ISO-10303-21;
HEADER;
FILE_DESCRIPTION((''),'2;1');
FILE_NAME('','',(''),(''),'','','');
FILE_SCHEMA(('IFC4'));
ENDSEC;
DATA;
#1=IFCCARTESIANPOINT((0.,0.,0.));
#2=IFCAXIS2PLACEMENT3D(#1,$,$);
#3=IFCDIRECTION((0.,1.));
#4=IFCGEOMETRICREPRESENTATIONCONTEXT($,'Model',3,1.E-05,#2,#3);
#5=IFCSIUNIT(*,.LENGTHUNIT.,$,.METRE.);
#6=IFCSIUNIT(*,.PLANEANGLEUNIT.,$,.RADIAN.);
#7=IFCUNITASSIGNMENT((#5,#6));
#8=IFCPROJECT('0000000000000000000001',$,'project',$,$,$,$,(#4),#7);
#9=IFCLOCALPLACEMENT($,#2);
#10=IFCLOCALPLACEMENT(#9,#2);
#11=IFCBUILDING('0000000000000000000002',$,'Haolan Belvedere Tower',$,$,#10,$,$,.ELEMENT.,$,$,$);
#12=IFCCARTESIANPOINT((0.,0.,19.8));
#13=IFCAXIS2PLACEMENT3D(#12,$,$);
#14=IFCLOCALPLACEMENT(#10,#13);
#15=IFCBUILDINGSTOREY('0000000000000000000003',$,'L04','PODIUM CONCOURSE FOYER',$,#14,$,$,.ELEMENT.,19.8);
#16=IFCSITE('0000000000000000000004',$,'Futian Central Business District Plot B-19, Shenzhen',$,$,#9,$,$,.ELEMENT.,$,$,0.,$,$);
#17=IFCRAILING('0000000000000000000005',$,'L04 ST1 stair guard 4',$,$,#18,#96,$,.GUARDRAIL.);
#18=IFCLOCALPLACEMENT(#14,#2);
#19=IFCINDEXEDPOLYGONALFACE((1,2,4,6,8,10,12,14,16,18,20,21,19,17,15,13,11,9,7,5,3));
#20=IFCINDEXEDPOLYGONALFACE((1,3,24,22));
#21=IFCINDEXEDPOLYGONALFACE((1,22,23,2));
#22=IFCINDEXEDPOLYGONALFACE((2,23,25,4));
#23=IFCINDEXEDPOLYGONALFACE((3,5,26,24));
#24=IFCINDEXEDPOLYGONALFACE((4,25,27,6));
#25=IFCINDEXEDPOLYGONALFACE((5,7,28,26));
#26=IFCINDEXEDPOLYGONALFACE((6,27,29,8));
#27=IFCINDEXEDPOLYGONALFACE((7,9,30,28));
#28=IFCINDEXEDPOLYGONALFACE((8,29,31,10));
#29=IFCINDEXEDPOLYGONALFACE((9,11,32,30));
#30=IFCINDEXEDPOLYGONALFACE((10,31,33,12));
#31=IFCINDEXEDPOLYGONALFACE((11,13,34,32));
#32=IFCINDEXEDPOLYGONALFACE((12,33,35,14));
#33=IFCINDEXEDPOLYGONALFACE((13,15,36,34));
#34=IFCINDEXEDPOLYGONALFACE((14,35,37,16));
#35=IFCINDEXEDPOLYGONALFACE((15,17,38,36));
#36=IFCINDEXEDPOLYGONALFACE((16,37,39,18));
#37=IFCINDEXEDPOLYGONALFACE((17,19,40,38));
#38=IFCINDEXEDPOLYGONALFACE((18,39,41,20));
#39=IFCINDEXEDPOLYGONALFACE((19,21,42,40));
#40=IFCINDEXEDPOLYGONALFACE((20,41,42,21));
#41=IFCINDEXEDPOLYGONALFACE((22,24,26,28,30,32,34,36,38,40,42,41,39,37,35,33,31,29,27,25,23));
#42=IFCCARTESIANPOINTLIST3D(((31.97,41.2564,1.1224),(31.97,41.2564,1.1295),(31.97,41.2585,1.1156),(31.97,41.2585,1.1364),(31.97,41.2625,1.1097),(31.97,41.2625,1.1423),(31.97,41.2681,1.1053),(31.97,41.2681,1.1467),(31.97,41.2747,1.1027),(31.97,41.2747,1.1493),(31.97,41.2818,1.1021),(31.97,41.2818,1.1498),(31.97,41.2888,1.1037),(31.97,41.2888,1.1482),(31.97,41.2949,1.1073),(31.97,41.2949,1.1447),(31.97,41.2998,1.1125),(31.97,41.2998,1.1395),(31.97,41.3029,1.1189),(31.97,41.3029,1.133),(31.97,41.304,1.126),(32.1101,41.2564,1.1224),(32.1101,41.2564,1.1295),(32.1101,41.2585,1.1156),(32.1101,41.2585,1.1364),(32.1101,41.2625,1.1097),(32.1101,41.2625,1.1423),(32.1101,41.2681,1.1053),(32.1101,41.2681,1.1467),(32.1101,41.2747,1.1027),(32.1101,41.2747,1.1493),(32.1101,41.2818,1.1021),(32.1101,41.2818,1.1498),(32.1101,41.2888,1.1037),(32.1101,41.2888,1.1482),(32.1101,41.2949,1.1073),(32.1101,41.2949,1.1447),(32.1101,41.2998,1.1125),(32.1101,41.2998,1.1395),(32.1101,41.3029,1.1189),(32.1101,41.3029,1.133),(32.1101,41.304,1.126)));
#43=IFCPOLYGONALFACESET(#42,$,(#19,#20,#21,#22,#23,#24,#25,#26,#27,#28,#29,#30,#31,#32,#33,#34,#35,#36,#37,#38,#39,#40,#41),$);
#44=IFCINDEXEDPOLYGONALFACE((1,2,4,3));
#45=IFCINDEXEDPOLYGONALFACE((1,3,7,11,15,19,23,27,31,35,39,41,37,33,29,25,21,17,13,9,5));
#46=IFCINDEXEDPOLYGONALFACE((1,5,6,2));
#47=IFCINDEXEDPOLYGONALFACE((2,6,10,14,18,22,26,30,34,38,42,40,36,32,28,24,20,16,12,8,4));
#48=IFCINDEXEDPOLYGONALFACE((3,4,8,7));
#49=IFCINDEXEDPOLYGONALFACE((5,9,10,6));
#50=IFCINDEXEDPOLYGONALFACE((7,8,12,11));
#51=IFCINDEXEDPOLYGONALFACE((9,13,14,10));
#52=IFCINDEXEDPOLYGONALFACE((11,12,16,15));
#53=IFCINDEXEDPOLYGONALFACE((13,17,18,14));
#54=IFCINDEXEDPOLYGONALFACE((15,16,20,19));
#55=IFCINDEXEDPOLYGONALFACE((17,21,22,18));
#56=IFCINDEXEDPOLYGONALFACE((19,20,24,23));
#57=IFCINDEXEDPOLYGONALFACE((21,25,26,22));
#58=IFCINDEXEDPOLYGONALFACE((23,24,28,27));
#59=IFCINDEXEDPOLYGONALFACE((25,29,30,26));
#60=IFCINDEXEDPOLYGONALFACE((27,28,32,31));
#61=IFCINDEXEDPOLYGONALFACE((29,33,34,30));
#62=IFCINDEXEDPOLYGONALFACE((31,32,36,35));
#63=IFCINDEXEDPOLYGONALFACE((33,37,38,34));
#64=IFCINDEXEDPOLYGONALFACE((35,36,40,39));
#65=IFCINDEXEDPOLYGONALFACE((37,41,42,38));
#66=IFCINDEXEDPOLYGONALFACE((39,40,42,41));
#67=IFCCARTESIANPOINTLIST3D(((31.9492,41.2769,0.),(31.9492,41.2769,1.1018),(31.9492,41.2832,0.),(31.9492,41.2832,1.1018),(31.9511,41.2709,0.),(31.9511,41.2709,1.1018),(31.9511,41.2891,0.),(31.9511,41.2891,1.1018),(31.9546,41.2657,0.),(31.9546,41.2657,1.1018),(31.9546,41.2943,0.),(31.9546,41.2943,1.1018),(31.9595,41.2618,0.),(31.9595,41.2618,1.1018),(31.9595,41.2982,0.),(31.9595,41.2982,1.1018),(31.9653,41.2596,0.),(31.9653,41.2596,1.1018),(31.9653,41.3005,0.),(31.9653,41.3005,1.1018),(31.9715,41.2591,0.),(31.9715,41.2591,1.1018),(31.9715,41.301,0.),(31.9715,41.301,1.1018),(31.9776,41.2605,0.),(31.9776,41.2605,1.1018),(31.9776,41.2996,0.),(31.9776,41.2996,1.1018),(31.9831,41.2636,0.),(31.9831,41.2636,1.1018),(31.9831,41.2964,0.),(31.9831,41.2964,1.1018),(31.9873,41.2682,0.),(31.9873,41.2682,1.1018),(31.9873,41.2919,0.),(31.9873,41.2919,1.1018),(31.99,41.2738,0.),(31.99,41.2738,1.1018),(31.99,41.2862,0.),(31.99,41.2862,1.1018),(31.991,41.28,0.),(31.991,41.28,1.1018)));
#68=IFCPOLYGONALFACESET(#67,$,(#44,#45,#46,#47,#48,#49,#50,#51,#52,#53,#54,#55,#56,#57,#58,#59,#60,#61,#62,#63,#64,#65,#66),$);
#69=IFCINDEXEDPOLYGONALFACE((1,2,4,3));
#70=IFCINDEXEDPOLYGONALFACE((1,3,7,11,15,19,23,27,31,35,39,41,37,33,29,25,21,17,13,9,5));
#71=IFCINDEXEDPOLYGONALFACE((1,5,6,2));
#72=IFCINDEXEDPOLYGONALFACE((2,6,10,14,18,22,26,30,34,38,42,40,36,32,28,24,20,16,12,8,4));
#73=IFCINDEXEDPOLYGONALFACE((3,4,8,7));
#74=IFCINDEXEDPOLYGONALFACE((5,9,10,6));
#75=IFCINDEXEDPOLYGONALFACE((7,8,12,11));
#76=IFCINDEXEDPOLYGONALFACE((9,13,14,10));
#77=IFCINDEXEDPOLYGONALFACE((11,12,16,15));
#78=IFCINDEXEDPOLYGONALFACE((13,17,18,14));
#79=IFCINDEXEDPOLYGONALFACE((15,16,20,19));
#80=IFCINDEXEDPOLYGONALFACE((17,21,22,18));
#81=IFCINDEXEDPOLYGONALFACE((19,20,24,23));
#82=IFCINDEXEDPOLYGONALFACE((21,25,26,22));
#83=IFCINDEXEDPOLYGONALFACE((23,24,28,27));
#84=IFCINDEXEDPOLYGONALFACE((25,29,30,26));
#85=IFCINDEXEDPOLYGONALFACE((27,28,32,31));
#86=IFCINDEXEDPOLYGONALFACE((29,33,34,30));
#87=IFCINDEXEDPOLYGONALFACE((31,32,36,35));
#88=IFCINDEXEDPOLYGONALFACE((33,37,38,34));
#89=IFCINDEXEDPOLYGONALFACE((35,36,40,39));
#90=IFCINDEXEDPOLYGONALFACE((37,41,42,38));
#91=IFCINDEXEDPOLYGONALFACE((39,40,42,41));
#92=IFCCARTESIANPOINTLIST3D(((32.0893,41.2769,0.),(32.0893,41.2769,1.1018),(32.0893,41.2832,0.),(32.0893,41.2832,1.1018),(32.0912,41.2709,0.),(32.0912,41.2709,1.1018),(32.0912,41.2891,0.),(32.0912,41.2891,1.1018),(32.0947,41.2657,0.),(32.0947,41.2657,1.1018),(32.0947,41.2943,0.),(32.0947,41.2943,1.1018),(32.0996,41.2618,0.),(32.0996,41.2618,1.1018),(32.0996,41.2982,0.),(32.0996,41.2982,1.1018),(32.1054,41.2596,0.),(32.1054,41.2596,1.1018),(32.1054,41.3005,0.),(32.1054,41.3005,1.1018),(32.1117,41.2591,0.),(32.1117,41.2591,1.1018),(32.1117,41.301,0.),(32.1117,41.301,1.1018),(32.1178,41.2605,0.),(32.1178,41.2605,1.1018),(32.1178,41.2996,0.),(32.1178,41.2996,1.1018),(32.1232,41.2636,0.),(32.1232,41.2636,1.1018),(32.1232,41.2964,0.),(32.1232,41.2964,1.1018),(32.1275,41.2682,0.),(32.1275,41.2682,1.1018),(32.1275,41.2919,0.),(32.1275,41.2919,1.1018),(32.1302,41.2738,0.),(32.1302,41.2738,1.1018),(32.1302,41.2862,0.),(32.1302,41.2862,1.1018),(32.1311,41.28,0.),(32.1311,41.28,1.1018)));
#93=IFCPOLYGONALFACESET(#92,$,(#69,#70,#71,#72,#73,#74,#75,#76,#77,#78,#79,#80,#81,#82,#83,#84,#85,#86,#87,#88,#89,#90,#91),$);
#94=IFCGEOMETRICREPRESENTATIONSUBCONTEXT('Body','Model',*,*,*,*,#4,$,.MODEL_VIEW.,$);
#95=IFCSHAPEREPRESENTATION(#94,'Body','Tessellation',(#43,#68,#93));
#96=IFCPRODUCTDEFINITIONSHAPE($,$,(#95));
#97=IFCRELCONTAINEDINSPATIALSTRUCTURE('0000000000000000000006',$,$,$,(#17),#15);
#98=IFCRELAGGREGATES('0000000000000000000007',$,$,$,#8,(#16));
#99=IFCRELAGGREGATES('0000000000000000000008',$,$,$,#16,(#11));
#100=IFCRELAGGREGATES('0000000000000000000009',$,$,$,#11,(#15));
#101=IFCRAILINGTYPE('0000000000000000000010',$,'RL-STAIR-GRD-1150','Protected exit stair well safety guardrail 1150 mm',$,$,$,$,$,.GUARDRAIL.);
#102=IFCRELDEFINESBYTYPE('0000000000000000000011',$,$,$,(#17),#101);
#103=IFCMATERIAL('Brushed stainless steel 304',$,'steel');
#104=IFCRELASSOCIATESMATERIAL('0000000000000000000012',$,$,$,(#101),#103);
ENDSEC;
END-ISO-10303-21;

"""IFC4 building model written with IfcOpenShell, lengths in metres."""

from ifc_helpers import new_model, si_unit, direction, frame, origin, origin_2d, place, context, subcontext, project, spatial, circle, extrude, material, type_object, element, save


model = new_model("IFC4")

# Units and contexts
model_context = context("Model", 3, precision=1e-05, world=origin(), true_north=direction((0.0, 1.0)))
body_context = subcontext(model_context, "Body", "Model", "MODEL_VIEW")
ifc_project = project(units=[si_unit("LENGTHUNIT", "METRE"), si_unit("PLANEANGLEUNIT", "RADIAN")], contexts=[model_context])

# Site, building, storey
site_placement = place(None, origin())
site = spatial("IfcSite", under=ifc_project, at=site_placement, Name="Futian Central Business District Plot B-19, Shenzhen", CompositionType="ELEMENT", RefElevation=0.0)
building_placement = place(site_placement, origin())
building = spatial("IfcBuilding", under=site, at=building_placement, Name="Haolan Belvedere Tower", CompositionType="ELEMENT")
storey_placement = place(building_placement, frame((0.0, 0.0, 19.8)))
storey = spatial("IfcBuildingStorey", under=building, at=storey_placement, Name="L04", Description="PODIUM CONCOURSE FOYER", CompositionType="ELEMENT", Elevation=19.8)

# Railing
ifc_material_1 = material(Name="Brushed stainless steel 304", Category="steel")
railing_type_1 = type_object("IfcRailingType", Name="RL-STAIR-GRD-1150", Description="Protected exit stair well safety guardrail 1150 mm", PredefinedType="GUARDRAIL", material=ifc_material_1)
railing_1_placement = place(storey_placement, frame((31.97, 41.28, 0.0)))
element("IfcRailing", 1, at=railing_1_placement, inside=storey, type_object=railing_type_1, Name="L04 ST1 stair guard 4", PredefinedType="GUARDRAIL", context=body_context, shape_type="SweptSolid", body=[
    extrude(circle(Radius=0.0239, at=origin_2d()), frame((0.0, 0.0, 1.126), z_axis=(1.0, 0.0, 0.0), x_axis=(0.0, 1.0, 0.0)), (0.0, 0.0, 1.0), 0.1401),
    extrude(circle(Radius=0.021, at=origin_2d()), origin(), (0.0, 0.0, 1.0), 1.1018),
    extrude(circle(Radius=0.021, at=origin_2d()), frame((0.1401, 0.0, 0.0)), (0.0, 0.0, 1.0), 1.1018),
])

save(model, "model.ifc")
